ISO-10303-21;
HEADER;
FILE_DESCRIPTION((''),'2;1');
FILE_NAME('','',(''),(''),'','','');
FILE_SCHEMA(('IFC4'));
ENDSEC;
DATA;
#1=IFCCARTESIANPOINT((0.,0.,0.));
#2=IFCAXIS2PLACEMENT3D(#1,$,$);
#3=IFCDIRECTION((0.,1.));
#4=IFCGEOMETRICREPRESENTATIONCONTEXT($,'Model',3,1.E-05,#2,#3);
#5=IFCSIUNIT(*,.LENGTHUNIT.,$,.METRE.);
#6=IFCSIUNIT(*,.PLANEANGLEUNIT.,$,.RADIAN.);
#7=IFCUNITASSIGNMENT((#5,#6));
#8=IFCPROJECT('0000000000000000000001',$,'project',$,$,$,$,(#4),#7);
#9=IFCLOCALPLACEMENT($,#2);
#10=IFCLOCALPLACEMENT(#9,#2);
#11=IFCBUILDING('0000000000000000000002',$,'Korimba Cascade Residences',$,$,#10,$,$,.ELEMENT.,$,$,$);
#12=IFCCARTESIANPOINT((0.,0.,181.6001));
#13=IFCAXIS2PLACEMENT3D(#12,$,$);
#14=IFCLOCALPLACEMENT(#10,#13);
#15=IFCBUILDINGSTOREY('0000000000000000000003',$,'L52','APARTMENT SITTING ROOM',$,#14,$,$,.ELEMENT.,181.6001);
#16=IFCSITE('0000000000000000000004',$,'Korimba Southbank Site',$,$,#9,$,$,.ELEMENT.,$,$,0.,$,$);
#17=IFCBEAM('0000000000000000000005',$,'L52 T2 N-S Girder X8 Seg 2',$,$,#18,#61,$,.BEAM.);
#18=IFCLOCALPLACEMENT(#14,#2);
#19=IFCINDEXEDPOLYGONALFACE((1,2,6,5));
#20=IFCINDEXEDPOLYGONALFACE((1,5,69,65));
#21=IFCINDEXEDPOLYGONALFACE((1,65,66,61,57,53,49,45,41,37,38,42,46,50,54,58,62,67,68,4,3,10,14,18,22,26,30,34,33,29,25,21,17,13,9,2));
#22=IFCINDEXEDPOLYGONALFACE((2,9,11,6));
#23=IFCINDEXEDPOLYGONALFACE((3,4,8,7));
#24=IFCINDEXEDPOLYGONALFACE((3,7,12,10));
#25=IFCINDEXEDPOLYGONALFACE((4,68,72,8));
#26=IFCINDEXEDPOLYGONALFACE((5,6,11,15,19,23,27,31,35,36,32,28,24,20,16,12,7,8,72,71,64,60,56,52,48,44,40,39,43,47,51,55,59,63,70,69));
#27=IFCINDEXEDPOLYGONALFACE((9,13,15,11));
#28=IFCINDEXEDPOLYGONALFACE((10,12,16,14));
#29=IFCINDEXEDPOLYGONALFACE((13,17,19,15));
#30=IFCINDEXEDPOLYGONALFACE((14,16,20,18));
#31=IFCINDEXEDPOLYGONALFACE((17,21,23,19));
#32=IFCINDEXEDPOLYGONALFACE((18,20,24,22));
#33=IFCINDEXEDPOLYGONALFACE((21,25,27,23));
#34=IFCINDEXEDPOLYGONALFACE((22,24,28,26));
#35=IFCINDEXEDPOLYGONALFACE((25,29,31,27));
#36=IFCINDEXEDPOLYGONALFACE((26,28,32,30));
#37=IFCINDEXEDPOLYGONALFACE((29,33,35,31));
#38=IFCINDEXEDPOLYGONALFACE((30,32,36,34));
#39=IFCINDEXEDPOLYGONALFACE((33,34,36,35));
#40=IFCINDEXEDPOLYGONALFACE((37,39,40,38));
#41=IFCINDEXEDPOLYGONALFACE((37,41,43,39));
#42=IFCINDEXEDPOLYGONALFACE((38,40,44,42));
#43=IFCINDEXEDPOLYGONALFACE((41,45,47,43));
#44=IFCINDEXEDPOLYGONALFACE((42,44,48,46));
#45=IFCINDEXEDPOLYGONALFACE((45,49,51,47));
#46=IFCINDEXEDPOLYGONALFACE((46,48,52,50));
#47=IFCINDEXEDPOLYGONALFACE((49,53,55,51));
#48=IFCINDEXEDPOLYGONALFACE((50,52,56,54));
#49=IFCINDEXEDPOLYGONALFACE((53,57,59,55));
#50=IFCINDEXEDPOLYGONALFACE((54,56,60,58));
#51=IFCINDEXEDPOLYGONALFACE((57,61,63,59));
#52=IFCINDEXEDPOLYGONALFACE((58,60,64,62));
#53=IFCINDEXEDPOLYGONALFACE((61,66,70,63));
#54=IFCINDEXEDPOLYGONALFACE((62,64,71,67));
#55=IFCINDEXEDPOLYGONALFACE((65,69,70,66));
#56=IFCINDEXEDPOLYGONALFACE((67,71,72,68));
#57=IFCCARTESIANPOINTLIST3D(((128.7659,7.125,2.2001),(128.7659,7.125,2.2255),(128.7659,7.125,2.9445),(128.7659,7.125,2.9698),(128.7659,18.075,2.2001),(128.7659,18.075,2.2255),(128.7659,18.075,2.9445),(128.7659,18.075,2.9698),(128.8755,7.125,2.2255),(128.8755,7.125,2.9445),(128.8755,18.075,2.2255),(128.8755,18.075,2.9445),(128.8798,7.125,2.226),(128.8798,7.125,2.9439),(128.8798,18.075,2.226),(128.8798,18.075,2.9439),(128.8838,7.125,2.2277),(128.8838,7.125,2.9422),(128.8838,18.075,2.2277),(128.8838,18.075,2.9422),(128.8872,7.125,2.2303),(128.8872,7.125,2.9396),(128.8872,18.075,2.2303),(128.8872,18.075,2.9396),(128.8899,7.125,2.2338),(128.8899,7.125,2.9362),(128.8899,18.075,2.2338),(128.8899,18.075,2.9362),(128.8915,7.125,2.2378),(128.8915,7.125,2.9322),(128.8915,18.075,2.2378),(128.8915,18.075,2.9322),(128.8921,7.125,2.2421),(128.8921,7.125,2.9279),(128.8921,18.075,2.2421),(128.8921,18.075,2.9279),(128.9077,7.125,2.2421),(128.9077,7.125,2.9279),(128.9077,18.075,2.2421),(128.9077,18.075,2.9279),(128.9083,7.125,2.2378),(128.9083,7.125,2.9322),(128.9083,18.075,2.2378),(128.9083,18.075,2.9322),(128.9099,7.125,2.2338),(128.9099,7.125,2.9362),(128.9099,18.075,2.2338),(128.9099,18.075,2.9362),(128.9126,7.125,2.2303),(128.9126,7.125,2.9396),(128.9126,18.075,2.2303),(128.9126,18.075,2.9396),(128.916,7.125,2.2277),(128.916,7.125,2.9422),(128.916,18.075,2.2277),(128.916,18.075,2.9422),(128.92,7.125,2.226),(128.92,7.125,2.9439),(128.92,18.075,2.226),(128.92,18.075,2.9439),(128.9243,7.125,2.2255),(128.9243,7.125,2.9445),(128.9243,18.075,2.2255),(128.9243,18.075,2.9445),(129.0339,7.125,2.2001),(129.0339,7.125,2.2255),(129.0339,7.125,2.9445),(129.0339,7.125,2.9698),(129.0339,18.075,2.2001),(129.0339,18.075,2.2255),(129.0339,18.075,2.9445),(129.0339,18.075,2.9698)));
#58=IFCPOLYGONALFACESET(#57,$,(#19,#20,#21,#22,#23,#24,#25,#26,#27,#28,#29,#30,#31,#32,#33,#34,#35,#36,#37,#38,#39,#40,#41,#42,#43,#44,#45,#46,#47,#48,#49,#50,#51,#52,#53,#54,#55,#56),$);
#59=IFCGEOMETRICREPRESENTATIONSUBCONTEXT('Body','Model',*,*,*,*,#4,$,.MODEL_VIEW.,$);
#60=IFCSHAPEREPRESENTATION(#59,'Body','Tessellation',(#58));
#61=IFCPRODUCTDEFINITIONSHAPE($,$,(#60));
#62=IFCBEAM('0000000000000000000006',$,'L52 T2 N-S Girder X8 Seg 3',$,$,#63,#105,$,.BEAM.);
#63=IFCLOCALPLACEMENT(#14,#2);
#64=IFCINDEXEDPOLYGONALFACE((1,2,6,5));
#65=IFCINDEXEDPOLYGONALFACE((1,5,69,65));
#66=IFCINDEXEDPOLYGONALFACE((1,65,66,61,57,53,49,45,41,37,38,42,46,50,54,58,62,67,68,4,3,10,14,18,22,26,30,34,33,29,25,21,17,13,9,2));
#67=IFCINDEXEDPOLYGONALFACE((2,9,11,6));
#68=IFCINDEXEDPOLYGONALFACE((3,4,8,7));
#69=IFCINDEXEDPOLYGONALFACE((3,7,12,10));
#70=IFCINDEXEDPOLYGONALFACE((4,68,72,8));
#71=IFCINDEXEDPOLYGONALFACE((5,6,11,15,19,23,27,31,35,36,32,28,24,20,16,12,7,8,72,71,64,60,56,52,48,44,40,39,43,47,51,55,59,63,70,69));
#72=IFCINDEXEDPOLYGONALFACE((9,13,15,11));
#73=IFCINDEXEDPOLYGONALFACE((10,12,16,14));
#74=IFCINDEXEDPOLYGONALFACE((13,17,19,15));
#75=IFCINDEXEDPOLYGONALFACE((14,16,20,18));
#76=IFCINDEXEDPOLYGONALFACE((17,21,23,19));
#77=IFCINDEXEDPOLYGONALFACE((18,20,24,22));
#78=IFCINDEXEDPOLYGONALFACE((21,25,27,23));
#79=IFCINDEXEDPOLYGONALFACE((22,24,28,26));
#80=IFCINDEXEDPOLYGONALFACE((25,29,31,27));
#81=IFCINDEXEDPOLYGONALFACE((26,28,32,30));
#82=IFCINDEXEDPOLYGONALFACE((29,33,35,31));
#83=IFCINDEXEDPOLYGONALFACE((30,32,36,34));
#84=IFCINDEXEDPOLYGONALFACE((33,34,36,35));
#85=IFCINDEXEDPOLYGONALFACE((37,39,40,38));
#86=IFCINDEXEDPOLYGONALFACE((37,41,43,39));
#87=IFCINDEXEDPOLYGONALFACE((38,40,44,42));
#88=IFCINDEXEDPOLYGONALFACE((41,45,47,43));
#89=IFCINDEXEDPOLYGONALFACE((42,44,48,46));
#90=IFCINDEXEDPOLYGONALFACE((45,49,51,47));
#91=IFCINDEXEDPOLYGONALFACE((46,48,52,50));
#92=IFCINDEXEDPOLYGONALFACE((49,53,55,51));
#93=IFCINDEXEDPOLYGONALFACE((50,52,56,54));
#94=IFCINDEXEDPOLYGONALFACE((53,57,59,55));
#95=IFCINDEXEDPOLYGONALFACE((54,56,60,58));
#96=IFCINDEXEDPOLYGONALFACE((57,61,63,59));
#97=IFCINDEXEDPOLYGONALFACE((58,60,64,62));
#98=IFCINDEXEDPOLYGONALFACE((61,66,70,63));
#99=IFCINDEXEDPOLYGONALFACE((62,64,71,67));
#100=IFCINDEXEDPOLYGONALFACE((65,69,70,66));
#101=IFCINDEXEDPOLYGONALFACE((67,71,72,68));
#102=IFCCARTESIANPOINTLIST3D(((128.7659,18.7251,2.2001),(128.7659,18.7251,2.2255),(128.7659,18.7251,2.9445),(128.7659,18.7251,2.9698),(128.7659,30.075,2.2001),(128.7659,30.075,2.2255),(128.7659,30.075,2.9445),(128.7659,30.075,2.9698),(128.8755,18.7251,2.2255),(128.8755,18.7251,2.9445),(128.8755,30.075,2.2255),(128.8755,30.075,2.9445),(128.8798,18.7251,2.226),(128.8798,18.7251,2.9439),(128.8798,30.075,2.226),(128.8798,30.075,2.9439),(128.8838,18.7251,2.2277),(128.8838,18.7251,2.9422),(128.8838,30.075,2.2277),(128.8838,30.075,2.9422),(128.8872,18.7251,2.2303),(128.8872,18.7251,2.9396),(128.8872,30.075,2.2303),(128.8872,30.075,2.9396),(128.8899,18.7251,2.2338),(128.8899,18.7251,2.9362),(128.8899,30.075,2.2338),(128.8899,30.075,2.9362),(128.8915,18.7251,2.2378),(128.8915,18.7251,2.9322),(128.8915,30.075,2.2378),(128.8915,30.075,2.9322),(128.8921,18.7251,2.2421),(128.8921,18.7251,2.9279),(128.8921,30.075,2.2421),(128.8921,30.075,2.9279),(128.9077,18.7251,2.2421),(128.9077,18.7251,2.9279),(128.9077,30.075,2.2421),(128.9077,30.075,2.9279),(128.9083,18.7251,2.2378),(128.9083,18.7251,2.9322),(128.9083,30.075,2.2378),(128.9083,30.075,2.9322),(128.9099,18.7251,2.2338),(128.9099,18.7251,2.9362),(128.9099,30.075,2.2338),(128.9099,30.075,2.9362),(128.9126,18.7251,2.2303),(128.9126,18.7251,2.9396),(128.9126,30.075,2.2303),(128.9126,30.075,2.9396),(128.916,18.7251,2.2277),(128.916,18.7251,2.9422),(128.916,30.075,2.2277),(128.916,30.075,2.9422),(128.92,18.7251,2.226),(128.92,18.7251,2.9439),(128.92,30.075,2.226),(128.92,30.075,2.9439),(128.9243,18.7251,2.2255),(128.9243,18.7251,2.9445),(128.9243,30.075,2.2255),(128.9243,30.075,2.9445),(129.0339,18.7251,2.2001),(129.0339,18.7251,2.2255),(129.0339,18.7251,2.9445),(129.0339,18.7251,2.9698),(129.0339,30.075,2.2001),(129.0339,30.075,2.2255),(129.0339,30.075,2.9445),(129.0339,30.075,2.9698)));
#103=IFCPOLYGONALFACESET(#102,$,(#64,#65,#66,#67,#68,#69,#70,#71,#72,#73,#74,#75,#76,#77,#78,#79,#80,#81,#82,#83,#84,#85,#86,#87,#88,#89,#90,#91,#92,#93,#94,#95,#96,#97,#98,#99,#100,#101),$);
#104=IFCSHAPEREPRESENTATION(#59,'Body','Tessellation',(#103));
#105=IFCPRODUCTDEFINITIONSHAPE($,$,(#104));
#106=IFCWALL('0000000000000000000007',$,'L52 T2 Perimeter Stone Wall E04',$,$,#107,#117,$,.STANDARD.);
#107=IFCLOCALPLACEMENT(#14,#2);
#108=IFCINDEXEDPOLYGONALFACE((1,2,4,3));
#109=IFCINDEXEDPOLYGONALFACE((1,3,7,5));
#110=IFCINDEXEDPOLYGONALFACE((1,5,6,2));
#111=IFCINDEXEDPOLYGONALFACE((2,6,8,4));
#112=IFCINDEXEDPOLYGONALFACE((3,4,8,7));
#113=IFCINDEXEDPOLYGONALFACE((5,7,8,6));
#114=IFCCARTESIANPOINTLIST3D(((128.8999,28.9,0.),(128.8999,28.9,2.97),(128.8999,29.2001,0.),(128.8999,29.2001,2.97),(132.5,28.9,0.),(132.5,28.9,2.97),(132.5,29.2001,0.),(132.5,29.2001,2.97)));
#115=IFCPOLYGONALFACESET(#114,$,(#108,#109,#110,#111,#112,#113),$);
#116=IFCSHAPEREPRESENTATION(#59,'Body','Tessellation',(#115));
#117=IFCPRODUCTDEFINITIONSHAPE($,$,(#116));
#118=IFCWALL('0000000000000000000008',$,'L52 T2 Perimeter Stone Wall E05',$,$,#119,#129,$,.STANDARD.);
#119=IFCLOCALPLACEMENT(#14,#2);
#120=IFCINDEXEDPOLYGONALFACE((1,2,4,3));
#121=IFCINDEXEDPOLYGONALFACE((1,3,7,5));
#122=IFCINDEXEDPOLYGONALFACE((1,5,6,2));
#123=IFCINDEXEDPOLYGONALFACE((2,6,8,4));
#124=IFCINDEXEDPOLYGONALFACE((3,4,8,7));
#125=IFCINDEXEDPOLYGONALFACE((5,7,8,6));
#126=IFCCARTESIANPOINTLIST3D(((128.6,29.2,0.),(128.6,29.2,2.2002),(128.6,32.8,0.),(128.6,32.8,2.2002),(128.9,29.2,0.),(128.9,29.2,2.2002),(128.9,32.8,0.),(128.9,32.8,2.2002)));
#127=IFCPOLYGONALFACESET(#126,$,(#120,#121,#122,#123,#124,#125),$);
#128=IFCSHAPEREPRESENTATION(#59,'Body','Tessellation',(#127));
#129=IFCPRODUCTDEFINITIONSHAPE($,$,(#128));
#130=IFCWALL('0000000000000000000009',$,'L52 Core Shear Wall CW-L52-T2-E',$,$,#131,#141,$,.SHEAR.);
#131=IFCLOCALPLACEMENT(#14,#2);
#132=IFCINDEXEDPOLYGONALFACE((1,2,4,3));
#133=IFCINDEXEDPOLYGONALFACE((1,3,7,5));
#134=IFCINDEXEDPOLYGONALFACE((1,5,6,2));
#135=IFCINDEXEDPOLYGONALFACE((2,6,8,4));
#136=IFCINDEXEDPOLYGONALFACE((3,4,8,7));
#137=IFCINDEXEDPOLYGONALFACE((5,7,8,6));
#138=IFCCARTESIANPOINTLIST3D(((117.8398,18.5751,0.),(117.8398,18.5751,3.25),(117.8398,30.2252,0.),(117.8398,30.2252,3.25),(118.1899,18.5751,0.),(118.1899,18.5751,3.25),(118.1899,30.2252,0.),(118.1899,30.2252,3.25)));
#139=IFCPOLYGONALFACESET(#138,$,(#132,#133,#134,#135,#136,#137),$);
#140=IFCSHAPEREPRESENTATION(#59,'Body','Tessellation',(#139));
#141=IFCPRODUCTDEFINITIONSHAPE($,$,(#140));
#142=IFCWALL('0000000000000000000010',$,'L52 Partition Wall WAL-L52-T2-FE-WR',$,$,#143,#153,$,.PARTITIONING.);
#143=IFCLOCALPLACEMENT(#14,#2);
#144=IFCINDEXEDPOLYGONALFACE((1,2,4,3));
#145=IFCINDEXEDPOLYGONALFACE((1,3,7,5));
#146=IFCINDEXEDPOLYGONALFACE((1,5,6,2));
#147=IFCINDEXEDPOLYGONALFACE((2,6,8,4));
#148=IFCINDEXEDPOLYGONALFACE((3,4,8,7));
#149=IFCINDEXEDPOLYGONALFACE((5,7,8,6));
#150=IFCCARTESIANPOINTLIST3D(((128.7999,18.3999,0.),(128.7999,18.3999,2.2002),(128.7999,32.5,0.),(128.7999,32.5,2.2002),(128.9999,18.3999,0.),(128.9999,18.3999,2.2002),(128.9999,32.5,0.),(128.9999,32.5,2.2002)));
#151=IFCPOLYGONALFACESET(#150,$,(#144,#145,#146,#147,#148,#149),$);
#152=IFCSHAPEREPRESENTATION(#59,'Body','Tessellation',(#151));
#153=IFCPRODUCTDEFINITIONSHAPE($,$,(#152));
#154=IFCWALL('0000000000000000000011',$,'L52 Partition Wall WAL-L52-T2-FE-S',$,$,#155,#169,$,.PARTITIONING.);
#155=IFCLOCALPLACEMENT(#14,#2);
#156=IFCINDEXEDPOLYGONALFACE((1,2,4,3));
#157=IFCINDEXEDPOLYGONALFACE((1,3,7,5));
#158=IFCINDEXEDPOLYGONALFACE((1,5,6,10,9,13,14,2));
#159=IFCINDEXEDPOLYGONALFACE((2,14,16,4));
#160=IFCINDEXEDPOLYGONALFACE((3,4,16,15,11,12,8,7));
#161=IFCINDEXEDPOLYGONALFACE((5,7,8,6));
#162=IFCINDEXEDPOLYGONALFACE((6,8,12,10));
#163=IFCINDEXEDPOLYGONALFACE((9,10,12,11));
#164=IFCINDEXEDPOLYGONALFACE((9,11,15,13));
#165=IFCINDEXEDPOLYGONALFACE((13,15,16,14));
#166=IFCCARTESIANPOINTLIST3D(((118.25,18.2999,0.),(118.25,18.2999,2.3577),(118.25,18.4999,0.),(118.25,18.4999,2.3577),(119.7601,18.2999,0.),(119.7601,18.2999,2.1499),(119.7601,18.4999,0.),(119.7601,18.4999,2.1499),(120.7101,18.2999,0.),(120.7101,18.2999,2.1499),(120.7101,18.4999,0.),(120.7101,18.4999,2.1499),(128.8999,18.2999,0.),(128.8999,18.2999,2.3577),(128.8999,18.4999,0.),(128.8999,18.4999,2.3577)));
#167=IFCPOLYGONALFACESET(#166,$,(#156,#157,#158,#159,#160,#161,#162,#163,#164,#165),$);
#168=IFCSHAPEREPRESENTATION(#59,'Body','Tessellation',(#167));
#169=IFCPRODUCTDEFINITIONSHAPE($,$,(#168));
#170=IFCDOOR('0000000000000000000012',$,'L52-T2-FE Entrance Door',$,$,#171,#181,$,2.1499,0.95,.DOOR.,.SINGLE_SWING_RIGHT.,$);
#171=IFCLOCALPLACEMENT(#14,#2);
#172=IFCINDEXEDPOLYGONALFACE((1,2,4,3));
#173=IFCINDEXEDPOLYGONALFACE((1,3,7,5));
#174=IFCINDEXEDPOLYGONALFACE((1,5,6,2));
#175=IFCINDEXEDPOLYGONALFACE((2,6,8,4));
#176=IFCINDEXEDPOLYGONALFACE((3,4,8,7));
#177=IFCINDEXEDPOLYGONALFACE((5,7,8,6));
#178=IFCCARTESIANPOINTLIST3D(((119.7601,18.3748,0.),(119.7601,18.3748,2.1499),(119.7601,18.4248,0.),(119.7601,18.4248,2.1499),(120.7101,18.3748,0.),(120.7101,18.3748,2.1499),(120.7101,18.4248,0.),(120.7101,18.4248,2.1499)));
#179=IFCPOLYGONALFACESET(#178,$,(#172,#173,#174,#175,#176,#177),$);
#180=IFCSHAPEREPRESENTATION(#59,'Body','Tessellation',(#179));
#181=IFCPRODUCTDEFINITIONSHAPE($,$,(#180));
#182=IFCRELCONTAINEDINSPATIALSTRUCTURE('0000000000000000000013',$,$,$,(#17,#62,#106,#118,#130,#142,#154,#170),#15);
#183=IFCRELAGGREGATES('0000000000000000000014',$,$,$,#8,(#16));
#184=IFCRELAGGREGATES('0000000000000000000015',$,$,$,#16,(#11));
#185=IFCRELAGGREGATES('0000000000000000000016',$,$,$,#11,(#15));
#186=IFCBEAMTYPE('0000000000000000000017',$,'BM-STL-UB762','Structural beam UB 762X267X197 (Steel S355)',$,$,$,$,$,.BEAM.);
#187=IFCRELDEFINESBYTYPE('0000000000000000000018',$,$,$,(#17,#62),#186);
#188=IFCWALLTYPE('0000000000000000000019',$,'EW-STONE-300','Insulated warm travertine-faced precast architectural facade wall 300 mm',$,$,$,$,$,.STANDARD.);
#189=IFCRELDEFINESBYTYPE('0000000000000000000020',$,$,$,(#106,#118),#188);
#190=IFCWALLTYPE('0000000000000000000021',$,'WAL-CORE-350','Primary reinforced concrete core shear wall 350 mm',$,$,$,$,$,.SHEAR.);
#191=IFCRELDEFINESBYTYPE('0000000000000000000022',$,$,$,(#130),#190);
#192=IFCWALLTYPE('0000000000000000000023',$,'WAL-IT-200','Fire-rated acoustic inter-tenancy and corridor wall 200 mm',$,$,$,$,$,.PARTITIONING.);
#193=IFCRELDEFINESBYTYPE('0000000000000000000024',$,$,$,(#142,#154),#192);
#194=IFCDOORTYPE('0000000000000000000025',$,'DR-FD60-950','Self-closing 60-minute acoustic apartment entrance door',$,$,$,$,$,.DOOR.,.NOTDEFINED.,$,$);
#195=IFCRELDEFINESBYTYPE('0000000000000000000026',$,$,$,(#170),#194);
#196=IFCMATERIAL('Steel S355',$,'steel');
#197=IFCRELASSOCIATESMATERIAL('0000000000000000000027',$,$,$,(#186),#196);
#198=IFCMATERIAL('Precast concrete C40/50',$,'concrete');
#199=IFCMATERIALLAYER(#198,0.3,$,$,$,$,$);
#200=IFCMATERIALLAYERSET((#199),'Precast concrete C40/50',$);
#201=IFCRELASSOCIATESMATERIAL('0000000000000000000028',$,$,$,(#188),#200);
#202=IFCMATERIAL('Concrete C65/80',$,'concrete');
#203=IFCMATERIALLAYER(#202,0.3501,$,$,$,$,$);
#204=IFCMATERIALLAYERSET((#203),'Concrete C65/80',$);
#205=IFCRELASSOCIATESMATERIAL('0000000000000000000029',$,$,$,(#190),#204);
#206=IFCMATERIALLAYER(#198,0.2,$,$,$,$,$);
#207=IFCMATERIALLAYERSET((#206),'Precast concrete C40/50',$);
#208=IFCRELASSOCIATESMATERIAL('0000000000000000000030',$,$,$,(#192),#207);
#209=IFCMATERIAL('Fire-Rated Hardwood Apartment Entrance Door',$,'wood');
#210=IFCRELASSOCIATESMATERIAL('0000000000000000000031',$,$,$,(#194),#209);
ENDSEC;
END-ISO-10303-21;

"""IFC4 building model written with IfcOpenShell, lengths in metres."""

from ifc_helpers import new_model, si_unit, direction, frame, frame_2d, origin, origin_2d, place, context, subcontext, project, spatial, rectangle, i_section, extrude, material, layer, layer_set, material_profile, profile_set, type_object, element, fill, save


model = new_model("IFC4")

# Units and contexts
model_context = context("Model", 3, precision=1e-05, world=origin(), true_north=direction((0.0, 1.0)))
body_context = subcontext(model_context, "Body", "Model", "MODEL_VIEW")
ifc_project = project(units=[si_unit("LENGTHUNIT", "METRE"), si_unit("PLANEANGLEUNIT", "RADIAN")], contexts=[model_context])

# Site, building, storey
site_placement = place(None, origin())
site = spatial("IfcSite", under=ifc_project, at=site_placement, Name="Korimba Southbank Site", CompositionType="ELEMENT", RefElevation=0.0)
building_placement = place(site_placement, origin())
building = spatial("IfcBuilding", under=site, at=building_placement, Name="Korimba Cascade Residences", CompositionType="ELEMENT")
storey_placement = place(building_placement, frame((0.0, 0.0, 181.6001)))
storey = spatial("IfcBuildingStorey", under=building, at=storey_placement, Name="L52", Description="APARTMENT SITTING ROOM", CompositionType="ELEMENT", Elevation=181.6001)

# Beams
ifc_material_1 = material(Name="Steel S355", Category="steel")
ifc_material_profile_1 = material_profile(ifc_material_1, i_section(OverallWidth=0.2681, OverallDepth=0.7698, WebThickness=0.0156, FlangeThickness=0.0254, FilletRadius=0.0166, at=origin_2d()), Name="Steel S355")
ifc_profile_set_1 = profile_set([ifc_material_profile_1], Name="Steel S355")
beam_type_1 = type_object("IfcBeamType", Name="BM-STL-UB762", Description="Structural beam UB 762X267X197 (Steel S355)", PredefinedType="BEAM", material=ifc_profile_set_1)
beam_1_placement = place(storey_placement, frame((128.8999, 7.125, 2.585), z_axis=(0.0, 1.0, 0.0), x_axis=(-1.0, 0.0, 0.0)))
element("IfcBeam", 1, at=beam_1_placement, inside=storey, type_object=beam_type_1, Name="L52 T2 N-S Girder X8 Seg 2", PredefinedType="BEAM", context=body_context, shape_type="SweptSolid", body=[
    extrude(i_section(OverallWidth=0.2681, OverallDepth=0.7698, WebThickness=0.0156, FlangeThickness=0.0254, FilletRadius=0.0166, at=origin_2d()), origin(), (0.0, 0.0, 1.0), 10.95),
])
beam_2_placement = place(storey_placement, frame((128.8999, 18.7251, 2.585), z_axis=(0.0, 1.0, 0.0), x_axis=(-1.0, 0.0, 0.0)))
element("IfcBeam", 2, at=beam_2_placement, inside=storey, type_object=beam_type_1, Name="L52 T2 N-S Girder X8 Seg 3", PredefinedType="BEAM", context=body_context, shape_type="SweptSolid", body=[
    extrude(i_section(OverallWidth=0.2681, OverallDepth=0.7698, WebThickness=0.0156, FlangeThickness=0.0254, FilletRadius=0.0166, at=origin_2d()), origin(), (0.0, 0.0, 1.0), 11.3499),
])

# Walls
ifc_material_2 = material(Name="Precast concrete C40/50", Category="concrete")
ifc_layer_1 = layer(ifc_material_2, 0.3)
ifc_layer_set_1 = layer_set([ifc_layer_1], Name="Precast concrete C40/50")
wall_type_1 = type_object("IfcWallType", Name="EW-STONE-300", Description="Insulated warm travertine-faced precast architectural facade wall 300 mm", PredefinedType="STANDARD", material=ifc_layer_set_1)
wall_1_placement = place(storey_placement, frame((132.5, 29.05, 0.0), z_axis=(0.0, 0.0, 1.0), x_axis=(-1.0, 0.0, 0.0)))
element("IfcWall", 3, at=wall_1_placement, inside=storey, type_object=wall_type_1, Name="L52 T2 Perimeter Stone Wall E04", PredefinedType="STANDARD", context=body_context, shape_type="SweptSolid", body=[
    extrude(rectangle(XDim=3.6001, YDim=0.3, at=frame_2d((1.8, 0.0))), origin(), (0.0, 0.0, 1.0), 2.97),
])
wall_2_placement = place(storey_placement, frame((128.75, 29.2, 0.0), z_axis=(0.0, 0.0, 1.0), x_axis=(0.0, 1.0, 0.0)))
element("IfcWall", 4, at=wall_2_placement, inside=storey, type_object=wall_type_1, Name="L52 T2 Perimeter Stone Wall E05", PredefinedType="STANDARD", context=body_context, shape_type="SweptSolid", body=[
    extrude(rectangle(XDim=3.6001, YDim=0.3, at=frame_2d((1.8, 0.0))), origin(), (0.0, 0.0, 1.0), 2.2002),
])
ifc_material_3 = material(Name="Concrete C65/80", Category="concrete")
ifc_layer_2 = layer(ifc_material_3, 0.3501)
ifc_layer_set_2 = layer_set([ifc_layer_2], Name="Concrete C65/80")
wall_type_2 = type_object("IfcWallType", Name="WAL-CORE-350", Description="Primary reinforced concrete core shear wall 350 mm", PredefinedType="SHEAR", material=ifc_layer_set_2)
wall_3_placement = place(storey_placement, frame((118.0149, 18.575, 0.0), z_axis=(0.0, 0.0, 1.0), x_axis=(0.0, 1.0, 0.0)))
element("IfcWall", 5, at=wall_3_placement, inside=storey, type_object=wall_type_2, Name="L52 Core Shear Wall CW-L52-T2-E", PredefinedType="SHEAR", context=body_context, shape_type="SweptSolid", body=[
    extrude(rectangle(XDim=11.6501, YDim=0.3501, at=frame_2d((5.8252, 0.0))), origin(), (0.0, 0.0, 1.0), 3.25),
])
ifc_layer_3 = layer(ifc_material_2, 0.2)
ifc_layer_set_3 = layer_set([ifc_layer_3], Name="Precast concrete C40/50")
wall_type_3 = type_object("IfcWallType", Name="WAL-IT-200", Description="Fire-rated acoustic inter-tenancy and corridor wall 200 mm", PredefinedType="PARTITIONING", material=ifc_layer_set_3)
wall_4_placement = place(storey_placement, frame((128.8999, 18.3999, 0.0), z_axis=(0.0, 0.0, 1.0), x_axis=(0.0, 1.0, 0.0)))
element("IfcWall", 6, at=wall_4_placement, inside=storey, type_object=wall_type_3, Name="L52 Partition Wall WAL-L52-T2-FE-WR", PredefinedType="PARTITIONING", context=body_context, shape_type="SweptSolid", body=[
    extrude(rectangle(XDim=14.1001, YDim=0.2, at=frame_2d((7.05, 0.0))), origin(), (0.0, 0.0, 1.0), 2.2002),
])

# Wall, opening, door
wall_5_placement = place(storey_placement, frame((118.25, 18.3999, 0.0), z_axis=(0.0, 0.0, 1.0), x_axis=(1.0, 0.0, 0.0)))
wall_5 = element("IfcWall", 7, at=wall_5_placement, inside=storey, type_object=wall_type_3, Name="L52 Partition Wall WAL-L52-T2-FE-S", PredefinedType="PARTITIONING", context=body_context, shape_type="SweptSolid", body=[
    extrude(rectangle(XDim=10.6499, YDim=0.2, at=frame_2d((5.325, 0.0))), origin(), (0.0, 0.0, 1.0), 2.3577),
])
opening_1_placement = place(wall_5_placement, frame((1.51, 0.0, 0.0)))
opening_1 = element("IfcOpeningElement", 8, at=opening_1_placement, cuts=wall_5, PredefinedType="OPENING", context=body_context, shape_type="SweptSolid", body=[
    extrude(rectangle(XDim=0.95, YDim=2.1499, at=frame_2d((0.4751, 1.075))), frame((0.0, 0.1099, 0.0), z_axis=(0.0, -1.0, 0.0), x_axis=(1.0, 0.0, 0.0)), (0.0, 0.0, 1.0), 0.22),
])
ifc_material_4 = material(Name="Fire-Rated Hardwood Apartment Entrance Door", Category="wood")
door_type_1 = type_object("IfcDoorType", Name="DR-FD60-950", Description="Self-closing 60-minute acoustic apartment entrance door", OperationType="NOTDEFINED", PredefinedType="DOOR", material=ifc_material_4)
door_1_placement = place(opening_1_placement, origin())
door_1 = element("IfcDoor", 9, at=door_1_placement, inside=storey, type_object=door_type_1, Name="L52-T2-FE Entrance Door", OperationType="SINGLE_SWING_RIGHT", OverallHeight=2.1499, OverallWidth=0.95, PredefinedType="DOOR", context=body_context, shape_type="SweptSolid", body=[
    extrude(rectangle(XDim=0.95, YDim=2.1499, at=frame_2d((0.4751, 1.075))), frame((0.0, 0.0249, 0.0), z_axis=(0.0, -1.0, 0.0), x_axis=(1.0, 0.0, 0.0)), (0.0, 0.0, 1.0), 0.05),
])
fill(opening_1, door_1)

save(model, "model.ifc")
